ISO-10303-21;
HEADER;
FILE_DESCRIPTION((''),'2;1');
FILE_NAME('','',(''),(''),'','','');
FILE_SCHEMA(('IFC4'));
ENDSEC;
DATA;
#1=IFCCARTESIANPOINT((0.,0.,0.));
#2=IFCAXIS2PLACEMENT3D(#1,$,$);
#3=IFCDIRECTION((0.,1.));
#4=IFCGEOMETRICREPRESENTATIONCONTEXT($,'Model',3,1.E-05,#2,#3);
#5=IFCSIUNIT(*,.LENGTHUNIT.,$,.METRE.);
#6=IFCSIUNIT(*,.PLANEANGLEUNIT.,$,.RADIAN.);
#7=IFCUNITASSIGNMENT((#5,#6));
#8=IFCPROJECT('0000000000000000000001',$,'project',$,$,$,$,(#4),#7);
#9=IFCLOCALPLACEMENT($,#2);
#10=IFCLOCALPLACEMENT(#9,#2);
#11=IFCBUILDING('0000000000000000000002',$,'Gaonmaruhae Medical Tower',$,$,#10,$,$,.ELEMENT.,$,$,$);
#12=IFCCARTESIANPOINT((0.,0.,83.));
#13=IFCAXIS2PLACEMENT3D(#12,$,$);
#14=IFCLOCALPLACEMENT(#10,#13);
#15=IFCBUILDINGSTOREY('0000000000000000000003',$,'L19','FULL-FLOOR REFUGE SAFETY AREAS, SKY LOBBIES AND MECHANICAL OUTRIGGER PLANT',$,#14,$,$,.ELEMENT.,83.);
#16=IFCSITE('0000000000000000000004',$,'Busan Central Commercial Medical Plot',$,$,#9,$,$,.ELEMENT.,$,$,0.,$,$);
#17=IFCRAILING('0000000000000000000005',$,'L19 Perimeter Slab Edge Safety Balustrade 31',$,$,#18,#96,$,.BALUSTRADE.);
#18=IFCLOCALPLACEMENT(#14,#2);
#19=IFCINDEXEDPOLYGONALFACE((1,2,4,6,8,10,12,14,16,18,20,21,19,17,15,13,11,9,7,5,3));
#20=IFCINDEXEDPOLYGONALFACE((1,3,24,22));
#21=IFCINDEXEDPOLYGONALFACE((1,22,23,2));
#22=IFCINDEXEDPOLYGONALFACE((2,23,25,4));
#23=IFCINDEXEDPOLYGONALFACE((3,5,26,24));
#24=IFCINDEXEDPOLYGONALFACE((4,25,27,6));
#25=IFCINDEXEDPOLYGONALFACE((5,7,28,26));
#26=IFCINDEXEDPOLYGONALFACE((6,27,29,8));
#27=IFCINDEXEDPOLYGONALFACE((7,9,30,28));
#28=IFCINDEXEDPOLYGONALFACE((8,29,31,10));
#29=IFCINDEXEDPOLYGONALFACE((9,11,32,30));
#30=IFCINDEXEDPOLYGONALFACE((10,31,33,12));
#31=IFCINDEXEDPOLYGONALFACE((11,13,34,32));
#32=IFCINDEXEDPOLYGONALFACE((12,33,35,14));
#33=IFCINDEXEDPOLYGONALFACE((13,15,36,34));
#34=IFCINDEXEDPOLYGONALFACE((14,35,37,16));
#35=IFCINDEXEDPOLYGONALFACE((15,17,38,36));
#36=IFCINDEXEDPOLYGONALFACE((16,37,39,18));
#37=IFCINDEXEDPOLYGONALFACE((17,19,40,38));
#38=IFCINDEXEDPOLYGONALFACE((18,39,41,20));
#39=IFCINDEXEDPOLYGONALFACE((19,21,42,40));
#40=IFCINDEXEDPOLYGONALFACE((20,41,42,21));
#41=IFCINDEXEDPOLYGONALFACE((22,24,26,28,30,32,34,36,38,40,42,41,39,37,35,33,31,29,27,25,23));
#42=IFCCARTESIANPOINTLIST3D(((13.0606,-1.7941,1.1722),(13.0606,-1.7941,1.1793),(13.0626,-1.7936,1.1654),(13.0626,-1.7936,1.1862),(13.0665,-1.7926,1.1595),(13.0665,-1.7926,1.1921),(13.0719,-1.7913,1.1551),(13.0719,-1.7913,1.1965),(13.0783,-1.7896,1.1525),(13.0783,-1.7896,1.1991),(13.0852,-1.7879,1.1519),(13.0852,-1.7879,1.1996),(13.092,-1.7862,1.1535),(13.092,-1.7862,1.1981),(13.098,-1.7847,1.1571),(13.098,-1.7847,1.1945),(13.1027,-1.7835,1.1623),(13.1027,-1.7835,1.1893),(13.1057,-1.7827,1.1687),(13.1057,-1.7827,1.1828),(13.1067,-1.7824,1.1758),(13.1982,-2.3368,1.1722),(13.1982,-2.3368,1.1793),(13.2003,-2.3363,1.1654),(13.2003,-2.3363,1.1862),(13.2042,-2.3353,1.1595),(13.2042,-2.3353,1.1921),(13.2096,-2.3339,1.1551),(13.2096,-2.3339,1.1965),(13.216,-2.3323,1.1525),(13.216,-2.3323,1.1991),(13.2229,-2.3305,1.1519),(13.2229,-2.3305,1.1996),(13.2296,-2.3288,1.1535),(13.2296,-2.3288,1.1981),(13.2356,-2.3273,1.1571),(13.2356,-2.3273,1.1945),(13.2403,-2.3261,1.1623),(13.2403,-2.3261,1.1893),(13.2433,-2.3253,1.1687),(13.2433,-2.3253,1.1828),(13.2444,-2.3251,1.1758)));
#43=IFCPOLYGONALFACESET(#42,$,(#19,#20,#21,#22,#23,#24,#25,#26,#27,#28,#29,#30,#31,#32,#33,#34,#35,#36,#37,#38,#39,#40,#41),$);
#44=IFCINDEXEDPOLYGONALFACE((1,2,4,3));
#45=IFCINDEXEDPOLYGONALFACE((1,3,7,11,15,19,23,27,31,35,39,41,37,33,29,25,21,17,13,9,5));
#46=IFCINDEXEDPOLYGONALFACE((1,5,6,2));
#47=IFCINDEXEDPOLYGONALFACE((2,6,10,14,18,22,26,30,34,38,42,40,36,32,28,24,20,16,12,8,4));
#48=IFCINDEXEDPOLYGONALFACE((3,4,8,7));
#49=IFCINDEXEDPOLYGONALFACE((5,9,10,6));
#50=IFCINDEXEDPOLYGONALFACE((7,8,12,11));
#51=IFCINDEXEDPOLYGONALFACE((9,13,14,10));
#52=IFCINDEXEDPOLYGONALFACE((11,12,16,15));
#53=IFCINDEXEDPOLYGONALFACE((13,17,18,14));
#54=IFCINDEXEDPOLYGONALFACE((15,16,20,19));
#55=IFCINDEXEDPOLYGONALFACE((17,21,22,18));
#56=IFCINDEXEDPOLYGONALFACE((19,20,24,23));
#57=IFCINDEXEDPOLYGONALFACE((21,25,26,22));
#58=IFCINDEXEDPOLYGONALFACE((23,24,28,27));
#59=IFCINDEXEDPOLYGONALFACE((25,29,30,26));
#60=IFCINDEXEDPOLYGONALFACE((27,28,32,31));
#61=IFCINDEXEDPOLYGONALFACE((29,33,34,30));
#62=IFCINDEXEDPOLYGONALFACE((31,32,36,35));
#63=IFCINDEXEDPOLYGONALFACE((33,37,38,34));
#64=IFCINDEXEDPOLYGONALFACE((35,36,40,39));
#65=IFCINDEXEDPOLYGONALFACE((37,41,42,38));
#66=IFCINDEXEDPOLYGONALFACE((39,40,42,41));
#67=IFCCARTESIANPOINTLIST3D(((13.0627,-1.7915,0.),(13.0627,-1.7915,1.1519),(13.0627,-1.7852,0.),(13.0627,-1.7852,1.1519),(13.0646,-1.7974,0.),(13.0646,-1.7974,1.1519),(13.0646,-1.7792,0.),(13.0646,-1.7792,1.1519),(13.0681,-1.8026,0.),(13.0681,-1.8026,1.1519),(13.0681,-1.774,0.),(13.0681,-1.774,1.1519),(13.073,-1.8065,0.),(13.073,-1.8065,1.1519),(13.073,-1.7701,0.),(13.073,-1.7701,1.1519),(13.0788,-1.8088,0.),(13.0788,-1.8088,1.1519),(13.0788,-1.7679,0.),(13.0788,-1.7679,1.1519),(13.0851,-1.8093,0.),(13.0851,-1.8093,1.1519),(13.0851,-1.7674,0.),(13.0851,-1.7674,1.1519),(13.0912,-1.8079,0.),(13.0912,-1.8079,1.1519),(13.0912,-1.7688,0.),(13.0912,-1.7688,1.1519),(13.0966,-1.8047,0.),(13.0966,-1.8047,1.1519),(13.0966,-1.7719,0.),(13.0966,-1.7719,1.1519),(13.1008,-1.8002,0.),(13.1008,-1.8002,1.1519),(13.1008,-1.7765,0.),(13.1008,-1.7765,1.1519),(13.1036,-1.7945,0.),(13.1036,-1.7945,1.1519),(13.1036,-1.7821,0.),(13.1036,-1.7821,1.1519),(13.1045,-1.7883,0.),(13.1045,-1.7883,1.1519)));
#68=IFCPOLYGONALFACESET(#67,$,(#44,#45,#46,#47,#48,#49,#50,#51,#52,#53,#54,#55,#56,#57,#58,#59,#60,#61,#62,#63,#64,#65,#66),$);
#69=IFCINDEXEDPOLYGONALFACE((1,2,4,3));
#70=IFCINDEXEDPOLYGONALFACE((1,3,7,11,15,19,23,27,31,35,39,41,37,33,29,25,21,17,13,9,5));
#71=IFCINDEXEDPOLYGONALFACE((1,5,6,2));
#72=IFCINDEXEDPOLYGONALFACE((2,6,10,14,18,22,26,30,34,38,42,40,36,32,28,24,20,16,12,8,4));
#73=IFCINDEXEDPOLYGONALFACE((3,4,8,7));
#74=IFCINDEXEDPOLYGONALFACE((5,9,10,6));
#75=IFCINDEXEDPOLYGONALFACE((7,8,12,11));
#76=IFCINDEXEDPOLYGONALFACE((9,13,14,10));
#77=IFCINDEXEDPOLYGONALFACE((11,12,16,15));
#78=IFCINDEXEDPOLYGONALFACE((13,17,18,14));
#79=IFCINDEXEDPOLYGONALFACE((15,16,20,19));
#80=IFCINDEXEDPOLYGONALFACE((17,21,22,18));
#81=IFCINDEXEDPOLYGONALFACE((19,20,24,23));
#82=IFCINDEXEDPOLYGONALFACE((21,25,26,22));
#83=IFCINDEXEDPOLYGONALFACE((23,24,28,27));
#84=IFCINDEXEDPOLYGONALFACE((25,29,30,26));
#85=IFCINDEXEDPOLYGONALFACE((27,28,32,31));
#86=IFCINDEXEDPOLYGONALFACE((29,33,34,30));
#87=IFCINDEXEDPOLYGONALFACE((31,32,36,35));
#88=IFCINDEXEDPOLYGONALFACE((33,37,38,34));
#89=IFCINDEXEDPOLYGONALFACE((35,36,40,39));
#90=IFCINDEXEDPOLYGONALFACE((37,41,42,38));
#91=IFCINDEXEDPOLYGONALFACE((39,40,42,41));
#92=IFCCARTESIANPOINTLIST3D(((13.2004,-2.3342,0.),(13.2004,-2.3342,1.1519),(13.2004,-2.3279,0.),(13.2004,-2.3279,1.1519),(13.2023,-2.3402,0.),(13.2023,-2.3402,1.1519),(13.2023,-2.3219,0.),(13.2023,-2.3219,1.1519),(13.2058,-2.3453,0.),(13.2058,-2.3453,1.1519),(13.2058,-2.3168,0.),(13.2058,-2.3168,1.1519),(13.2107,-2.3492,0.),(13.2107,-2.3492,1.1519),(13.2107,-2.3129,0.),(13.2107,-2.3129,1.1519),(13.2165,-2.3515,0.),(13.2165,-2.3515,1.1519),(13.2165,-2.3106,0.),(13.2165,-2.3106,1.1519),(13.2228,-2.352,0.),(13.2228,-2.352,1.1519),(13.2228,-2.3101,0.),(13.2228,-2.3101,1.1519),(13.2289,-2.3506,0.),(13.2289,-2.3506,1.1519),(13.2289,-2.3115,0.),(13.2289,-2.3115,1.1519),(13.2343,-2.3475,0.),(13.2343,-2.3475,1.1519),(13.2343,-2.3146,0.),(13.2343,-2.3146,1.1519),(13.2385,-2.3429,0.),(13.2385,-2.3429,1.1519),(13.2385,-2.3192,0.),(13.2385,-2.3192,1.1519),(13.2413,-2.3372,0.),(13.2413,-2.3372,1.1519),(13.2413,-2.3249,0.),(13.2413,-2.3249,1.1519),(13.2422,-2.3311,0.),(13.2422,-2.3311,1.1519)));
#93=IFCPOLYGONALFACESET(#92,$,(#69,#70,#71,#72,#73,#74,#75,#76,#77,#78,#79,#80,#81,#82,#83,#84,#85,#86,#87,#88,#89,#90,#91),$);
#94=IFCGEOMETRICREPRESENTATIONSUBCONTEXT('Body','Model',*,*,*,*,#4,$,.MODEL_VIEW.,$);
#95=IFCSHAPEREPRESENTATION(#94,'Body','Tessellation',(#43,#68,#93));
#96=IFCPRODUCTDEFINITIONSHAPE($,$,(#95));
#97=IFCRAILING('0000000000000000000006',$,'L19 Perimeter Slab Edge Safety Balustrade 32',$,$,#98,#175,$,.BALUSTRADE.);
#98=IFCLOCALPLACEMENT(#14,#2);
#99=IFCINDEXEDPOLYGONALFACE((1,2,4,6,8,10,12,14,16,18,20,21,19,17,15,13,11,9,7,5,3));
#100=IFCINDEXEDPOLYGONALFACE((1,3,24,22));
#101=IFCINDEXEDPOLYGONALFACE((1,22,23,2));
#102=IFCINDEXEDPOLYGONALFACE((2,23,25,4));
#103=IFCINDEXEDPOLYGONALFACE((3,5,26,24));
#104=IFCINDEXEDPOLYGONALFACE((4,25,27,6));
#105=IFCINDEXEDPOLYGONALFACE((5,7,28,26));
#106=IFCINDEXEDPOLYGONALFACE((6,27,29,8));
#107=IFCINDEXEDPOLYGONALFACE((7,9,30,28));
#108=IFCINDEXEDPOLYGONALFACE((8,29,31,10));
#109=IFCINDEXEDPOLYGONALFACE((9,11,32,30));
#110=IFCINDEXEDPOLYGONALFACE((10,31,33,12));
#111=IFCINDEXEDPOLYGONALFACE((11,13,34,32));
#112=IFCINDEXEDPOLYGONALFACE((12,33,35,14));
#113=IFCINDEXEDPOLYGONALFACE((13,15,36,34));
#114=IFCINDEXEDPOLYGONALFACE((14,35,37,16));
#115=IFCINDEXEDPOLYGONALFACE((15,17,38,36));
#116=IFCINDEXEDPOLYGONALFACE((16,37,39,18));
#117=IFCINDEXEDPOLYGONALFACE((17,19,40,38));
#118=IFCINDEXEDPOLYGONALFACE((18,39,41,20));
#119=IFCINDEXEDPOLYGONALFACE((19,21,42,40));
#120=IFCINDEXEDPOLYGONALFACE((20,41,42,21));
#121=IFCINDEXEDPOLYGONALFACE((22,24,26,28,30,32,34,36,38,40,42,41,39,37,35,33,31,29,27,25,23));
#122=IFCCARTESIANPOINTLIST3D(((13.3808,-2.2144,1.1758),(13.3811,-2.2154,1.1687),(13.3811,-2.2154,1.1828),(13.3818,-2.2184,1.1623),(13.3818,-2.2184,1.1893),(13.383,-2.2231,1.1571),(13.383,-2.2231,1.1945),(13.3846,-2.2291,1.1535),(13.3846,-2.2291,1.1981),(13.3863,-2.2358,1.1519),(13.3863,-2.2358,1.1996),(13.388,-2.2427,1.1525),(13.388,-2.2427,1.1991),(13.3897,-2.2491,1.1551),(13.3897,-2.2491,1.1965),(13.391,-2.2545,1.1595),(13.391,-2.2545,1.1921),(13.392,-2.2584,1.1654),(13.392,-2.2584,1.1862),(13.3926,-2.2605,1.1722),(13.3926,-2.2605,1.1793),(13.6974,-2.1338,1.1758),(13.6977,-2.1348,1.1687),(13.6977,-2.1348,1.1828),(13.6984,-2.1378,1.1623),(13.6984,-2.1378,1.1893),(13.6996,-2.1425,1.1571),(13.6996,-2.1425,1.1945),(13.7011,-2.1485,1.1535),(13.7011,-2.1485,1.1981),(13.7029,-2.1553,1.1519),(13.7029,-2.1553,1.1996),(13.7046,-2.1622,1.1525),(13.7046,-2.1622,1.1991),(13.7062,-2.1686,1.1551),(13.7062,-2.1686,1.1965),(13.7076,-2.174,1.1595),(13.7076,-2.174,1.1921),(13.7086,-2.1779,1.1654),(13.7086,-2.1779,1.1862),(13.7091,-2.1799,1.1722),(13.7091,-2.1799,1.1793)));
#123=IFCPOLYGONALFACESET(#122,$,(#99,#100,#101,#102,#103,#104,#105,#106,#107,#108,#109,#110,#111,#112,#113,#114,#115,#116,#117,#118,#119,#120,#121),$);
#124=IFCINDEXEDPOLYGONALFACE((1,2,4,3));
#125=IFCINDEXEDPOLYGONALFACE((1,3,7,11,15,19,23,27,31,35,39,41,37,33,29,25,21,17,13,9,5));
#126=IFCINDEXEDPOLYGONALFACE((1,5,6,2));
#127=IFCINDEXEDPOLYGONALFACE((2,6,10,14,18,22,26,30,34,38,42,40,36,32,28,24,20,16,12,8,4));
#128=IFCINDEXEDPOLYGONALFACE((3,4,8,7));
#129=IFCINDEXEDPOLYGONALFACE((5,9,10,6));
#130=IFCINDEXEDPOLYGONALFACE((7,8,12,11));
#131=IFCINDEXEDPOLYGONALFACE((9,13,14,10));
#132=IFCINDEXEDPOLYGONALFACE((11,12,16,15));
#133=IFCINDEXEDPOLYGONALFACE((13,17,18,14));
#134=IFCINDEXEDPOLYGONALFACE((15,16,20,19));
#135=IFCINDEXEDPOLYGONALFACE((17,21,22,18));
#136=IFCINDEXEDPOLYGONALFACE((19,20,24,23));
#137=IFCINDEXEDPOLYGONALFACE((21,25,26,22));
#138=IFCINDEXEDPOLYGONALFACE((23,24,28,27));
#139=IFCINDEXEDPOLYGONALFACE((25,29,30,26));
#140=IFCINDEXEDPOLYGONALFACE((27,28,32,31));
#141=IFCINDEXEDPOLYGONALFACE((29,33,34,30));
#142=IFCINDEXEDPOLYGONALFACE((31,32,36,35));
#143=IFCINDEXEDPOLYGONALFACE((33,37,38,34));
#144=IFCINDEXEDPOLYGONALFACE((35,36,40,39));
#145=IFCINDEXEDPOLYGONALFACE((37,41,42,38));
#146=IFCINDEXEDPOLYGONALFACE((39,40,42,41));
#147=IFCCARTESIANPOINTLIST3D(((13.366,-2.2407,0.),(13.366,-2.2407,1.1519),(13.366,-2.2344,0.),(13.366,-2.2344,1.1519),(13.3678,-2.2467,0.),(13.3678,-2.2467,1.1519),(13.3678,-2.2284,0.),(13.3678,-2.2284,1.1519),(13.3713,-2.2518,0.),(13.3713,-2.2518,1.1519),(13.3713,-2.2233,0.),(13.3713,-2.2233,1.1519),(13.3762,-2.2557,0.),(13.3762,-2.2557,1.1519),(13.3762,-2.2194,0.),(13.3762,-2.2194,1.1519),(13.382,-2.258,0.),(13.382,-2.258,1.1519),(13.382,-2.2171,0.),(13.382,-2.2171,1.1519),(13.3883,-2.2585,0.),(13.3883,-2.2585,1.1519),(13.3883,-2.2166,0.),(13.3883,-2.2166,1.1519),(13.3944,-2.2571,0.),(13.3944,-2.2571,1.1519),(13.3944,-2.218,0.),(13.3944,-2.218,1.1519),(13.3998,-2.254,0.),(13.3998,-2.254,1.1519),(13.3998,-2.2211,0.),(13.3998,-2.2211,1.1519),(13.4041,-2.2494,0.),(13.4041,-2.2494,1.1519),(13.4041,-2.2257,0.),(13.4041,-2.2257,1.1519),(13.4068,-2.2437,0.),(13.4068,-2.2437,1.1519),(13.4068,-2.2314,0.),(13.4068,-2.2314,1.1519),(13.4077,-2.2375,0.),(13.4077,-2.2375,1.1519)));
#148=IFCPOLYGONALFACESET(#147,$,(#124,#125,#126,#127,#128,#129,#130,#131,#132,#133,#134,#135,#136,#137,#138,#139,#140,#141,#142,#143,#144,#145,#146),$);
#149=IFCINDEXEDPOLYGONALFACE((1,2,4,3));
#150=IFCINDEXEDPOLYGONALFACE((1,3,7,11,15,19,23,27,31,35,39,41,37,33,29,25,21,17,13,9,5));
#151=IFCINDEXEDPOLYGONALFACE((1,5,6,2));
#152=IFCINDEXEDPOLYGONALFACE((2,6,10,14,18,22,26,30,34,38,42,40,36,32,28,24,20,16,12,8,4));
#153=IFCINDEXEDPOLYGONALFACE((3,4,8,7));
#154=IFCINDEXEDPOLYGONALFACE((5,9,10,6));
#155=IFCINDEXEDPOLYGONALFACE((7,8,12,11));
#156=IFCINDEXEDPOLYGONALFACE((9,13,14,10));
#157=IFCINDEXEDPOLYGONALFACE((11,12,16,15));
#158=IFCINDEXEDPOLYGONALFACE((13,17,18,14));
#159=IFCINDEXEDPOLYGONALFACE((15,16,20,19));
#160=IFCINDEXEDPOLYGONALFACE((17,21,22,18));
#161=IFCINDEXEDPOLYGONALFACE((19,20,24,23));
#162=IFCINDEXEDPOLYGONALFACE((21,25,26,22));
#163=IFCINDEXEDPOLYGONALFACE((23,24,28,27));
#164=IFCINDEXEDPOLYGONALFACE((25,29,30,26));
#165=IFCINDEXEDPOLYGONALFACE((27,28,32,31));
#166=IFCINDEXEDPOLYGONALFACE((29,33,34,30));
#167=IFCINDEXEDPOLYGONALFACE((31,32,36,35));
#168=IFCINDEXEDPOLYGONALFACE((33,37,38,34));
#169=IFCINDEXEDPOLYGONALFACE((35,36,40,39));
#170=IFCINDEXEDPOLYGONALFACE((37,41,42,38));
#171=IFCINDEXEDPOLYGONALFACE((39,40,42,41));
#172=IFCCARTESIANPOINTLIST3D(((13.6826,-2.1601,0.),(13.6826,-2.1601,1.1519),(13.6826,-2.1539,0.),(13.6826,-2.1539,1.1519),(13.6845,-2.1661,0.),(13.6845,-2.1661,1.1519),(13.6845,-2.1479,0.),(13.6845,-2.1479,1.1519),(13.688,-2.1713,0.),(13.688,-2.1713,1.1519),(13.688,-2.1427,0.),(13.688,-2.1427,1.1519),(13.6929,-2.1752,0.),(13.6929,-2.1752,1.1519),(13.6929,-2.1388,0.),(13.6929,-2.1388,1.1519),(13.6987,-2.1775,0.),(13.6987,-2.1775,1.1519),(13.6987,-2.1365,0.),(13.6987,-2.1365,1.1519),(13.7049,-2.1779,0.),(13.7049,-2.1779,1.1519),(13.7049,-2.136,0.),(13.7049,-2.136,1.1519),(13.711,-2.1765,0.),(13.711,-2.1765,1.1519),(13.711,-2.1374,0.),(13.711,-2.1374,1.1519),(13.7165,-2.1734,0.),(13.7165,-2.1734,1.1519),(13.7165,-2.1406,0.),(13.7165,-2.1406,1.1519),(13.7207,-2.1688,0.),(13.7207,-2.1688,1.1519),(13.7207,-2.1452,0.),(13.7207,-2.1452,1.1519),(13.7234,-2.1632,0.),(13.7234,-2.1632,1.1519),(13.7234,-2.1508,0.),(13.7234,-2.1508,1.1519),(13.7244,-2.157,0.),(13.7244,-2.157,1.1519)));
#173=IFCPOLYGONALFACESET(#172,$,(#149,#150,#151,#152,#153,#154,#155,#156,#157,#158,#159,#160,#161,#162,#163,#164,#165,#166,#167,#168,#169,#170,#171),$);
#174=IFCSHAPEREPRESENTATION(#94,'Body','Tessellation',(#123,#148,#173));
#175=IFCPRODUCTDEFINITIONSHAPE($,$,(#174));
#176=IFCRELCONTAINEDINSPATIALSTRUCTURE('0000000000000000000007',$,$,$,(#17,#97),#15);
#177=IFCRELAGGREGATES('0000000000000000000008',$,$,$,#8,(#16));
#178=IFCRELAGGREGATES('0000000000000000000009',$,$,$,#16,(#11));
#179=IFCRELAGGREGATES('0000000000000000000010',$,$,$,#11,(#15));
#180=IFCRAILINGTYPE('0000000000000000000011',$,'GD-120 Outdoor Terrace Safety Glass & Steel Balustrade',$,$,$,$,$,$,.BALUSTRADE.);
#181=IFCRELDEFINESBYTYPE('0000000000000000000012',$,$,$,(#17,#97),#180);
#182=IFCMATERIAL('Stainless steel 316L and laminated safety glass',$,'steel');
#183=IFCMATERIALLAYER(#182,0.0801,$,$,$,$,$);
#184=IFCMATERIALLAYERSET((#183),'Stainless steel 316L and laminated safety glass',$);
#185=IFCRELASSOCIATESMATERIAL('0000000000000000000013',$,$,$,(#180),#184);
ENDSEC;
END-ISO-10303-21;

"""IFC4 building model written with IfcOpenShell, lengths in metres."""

from ifc_helpers import new_model, si_unit, direction, frame, origin, origin_2d, place, context, subcontext, project, spatial, circle, extrude, material, layer, layer_set, type_object, element, save


model = new_model("IFC4")

# Units and contexts
model_context = context("Model", 3, precision=1e-05, world=origin(), true_north=direction((0.0, 1.0)))
body_context = subcontext(model_context, "Body", "Model", "MODEL_VIEW")
ifc_project = project(units=[si_unit("LENGTHUNIT", "METRE"), si_unit("PLANEANGLEUNIT", "RADIAN")], contexts=[model_context])

# Site, building, storey
site_placement = place(None, origin())
site = spatial("IfcSite", under=ifc_project, at=site_placement, Name="Busan Central Commercial Medical Plot", CompositionType="ELEMENT", RefElevation=0.0)
building_placement = place(site_placement, origin())
building = spatial("IfcBuilding", under=site, at=building_placement, Name="Gaonmaruhae Medical Tower", CompositionType="ELEMENT")
storey_placement = place(building_placement, frame((0.0, 0.0, 83.0)))
storey = spatial("IfcBuildingStorey", under=building, at=storey_placement, Name="L19", Description="FULL-FLOOR REFUGE SAFETY AREAS, SKY LOBBIES AND MECHANICAL OUTRIGGER PLANT", CompositionType="ELEMENT", Elevation=83.0)

# Railings
ifc_material_1 = material(Name="Stainless steel 316L and laminated safety glass", Category="steel")
ifc_layer_1 = layer(ifc_material_1, 0.0801)
ifc_layer_set_1 = layer_set([ifc_layer_1], Name="Stainless steel 316L and laminated safety glass")
railing_type = type_object("IfcRailingType", Name="GD-120 Outdoor Terrace Safety Glass & Steel Balustrade", PredefinedType="BALUSTRADE", material=ifc_layer_set_1)
railing_1_placement = place(storey_placement, frame((13.0835, -1.7883, 0.0)))
element("IfcRailing", 1, at=railing_1_placement, inside=storey, type_object=railing_type, Name="L19 Perimeter Slab Edge Safety Balustrade 31", PredefinedType="BALUSTRADE", context=body_context, shape_type="SweptSolid", body=[
    extrude(circle(Radius=0.0239, at=origin_2d()), frame((0.0, 0.0, 1.1758), z_axis=(0.24592, -0.96929, 0.0), x_axis=(0.96929, 0.24592, 0.0)), (0.0, 0.0, 1.0), 0.5598),
    extrude(circle(Radius=0.021, at=origin_2d()), origin(), (0.0, 0.0, 1.0), 1.1519),
    extrude(circle(Radius=0.021, at=origin_2d()), frame((0.1377, -0.5427, 0.0)), (0.0, 0.0, 1.0), 1.1519),
])
railing_2_placement = place(storey_placement, frame((13.3867, -2.2375, 0.0)))
element("IfcRailing", 2, at=railing_2_placement, inside=storey, type_object=railing_type, Name="L19 Perimeter Slab Edge Safety Balustrade 32", PredefinedType="BALUSTRADE", context=body_context, shape_type="SweptSolid", body=[
    extrude(circle(Radius=0.0239, at=origin_2d()), frame((0.0, 0.0, 1.1758), z_axis=(0.969123, 0.246577, 0.0), x_axis=(-0.246577, 0.969123, 0.0)), (0.0, 0.0, 1.0), 0.3267),
    extrude(circle(Radius=0.021, at=origin_2d()), origin(), (0.0, 0.0, 1.0), 1.1519),
    extrude(circle(Radius=0.021, at=origin_2d()), frame((0.3167, 0.0806, 0.0)), (0.0, 0.0, 1.0), 1.1519),
])

save(model, "model.ifc")
